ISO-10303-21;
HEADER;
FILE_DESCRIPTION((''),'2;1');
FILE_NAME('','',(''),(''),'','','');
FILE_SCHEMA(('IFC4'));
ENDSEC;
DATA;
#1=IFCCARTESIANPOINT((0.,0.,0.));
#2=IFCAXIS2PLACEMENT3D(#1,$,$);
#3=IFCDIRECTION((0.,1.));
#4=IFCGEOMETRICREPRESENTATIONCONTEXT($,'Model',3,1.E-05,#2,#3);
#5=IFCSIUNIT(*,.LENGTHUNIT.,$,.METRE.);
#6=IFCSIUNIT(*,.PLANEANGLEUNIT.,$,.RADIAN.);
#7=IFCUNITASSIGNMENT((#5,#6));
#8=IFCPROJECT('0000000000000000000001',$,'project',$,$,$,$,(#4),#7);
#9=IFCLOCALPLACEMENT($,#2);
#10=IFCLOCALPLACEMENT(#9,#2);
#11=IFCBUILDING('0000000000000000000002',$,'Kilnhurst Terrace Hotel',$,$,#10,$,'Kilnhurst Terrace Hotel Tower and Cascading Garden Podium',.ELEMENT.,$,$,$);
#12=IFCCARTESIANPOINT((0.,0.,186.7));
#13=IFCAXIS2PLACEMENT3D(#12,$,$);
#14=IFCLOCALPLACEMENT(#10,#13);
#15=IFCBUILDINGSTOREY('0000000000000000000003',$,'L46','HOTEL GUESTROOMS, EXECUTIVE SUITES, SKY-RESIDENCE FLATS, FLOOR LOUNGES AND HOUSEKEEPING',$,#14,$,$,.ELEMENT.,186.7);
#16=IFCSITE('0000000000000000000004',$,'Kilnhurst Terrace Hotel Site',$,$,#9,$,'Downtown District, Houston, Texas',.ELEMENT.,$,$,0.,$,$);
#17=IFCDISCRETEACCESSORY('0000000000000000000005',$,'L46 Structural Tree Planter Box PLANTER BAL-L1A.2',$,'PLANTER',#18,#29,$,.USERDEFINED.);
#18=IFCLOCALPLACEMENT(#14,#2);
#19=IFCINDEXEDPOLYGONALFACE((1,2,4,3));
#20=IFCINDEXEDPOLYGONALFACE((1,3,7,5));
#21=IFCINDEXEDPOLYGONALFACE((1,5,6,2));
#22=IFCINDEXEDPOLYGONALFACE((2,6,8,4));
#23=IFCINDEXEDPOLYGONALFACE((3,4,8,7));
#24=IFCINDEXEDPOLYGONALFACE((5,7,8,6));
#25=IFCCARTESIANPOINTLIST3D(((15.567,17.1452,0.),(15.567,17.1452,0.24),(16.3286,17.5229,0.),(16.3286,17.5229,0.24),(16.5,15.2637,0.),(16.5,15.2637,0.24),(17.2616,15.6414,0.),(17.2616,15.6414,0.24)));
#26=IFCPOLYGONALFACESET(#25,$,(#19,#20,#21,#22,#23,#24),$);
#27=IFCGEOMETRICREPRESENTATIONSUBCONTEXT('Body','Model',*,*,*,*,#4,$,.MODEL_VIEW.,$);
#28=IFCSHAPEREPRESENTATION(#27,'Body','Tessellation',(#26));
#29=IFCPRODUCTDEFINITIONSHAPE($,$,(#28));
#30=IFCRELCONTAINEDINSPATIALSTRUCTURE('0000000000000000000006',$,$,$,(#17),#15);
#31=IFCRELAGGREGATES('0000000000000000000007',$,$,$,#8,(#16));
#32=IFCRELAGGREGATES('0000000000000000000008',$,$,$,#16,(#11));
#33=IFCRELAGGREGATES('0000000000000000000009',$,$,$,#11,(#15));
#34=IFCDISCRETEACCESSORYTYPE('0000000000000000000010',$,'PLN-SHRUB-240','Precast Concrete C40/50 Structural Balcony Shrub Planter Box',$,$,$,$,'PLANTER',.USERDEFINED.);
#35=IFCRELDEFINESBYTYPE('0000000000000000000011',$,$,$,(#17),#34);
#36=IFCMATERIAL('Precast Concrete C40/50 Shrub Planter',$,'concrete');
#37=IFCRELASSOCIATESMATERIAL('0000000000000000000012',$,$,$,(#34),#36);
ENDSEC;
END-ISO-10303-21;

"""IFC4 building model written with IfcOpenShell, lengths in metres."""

from ifc_helpers import new_model, si_unit, direction, frame, origin, origin_2d, place, context, subcontext, project, spatial, rectangle, extrude, material, type_object, element, save


model = new_model("IFC4")

# Units and contexts
model_context = context("Model", 3, precision=1e-05, world=origin(), true_north=direction((0.0, 1.0)))
body_context = subcontext(model_context, "Body", "Model", "MODEL_VIEW")
ifc_project = project(units=[si_unit("LENGTHUNIT", "METRE"), si_unit("PLANEANGLEUNIT", "RADIAN")], contexts=[model_context])

# Site, building, storey
site_placement = place(None, origin())
site = spatial("IfcSite", under=ifc_project, at=site_placement, Name="Kilnhurst Terrace Hotel Site", LongName="Downtown District, Houston, Texas", CompositionType="ELEMENT", RefElevation=0.0)
building_placement = place(site_placement, origin())
building = spatial("IfcBuilding", under=site, at=building_placement, Name="Kilnhurst Terrace Hotel", LongName="Kilnhurst Terrace Hotel Tower and Cascading Garden Podium", CompositionType="ELEMENT")
storey_placement = place(building_placement, frame((0.0, 0.0, 186.7)))
storey = spatial("IfcBuildingStorey", under=building, at=storey_placement, Name="L46", Description="HOTEL GUESTROOMS, EXECUTIVE SUITES, SKY-RESIDENCE FLATS, FLOOR LOUNGES AND HOUSEKEEPING", CompositionType="ELEMENT", Elevation=186.7)

# Discrete accessory
ifc_material_1 = material(Name="Precast Concrete C40/50 Shrub Planter", Category="concrete")
discrete_accessory_type = type_object("IfcDiscreteAccessoryType", Name="PLN-SHRUB-240", Description="Precast Concrete C40/50 Structural Balcony Shrub Planter Box", ElementType="PLANTER", PredefinedType="USERDEFINED", material=ifc_material_1)
discrete_accessory_placement = place(storey_placement, frame((16.4143, 16.3933, 0.0), z_axis=(0.0, 0.0, 1.0), x_axis=(-0.444244, 0.895906, 0.0)))
element("IfcDiscreteAccessory", 1, at=discrete_accessory_placement, inside=storey, type_object=discrete_accessory_type, Name="L46 Structural Tree Planter Box PLANTER BAL-L1A.2", ObjectType="PLANTER", PredefinedType="USERDEFINED", context=body_context, shape_type="SweptSolid", body=[
    extrude(rectangle(XDim=2.1001, YDim=0.8501, at=origin_2d()), origin(), (0.0, 0.0, 1.0), 0.24),
])

save(model, "model.ifc")
